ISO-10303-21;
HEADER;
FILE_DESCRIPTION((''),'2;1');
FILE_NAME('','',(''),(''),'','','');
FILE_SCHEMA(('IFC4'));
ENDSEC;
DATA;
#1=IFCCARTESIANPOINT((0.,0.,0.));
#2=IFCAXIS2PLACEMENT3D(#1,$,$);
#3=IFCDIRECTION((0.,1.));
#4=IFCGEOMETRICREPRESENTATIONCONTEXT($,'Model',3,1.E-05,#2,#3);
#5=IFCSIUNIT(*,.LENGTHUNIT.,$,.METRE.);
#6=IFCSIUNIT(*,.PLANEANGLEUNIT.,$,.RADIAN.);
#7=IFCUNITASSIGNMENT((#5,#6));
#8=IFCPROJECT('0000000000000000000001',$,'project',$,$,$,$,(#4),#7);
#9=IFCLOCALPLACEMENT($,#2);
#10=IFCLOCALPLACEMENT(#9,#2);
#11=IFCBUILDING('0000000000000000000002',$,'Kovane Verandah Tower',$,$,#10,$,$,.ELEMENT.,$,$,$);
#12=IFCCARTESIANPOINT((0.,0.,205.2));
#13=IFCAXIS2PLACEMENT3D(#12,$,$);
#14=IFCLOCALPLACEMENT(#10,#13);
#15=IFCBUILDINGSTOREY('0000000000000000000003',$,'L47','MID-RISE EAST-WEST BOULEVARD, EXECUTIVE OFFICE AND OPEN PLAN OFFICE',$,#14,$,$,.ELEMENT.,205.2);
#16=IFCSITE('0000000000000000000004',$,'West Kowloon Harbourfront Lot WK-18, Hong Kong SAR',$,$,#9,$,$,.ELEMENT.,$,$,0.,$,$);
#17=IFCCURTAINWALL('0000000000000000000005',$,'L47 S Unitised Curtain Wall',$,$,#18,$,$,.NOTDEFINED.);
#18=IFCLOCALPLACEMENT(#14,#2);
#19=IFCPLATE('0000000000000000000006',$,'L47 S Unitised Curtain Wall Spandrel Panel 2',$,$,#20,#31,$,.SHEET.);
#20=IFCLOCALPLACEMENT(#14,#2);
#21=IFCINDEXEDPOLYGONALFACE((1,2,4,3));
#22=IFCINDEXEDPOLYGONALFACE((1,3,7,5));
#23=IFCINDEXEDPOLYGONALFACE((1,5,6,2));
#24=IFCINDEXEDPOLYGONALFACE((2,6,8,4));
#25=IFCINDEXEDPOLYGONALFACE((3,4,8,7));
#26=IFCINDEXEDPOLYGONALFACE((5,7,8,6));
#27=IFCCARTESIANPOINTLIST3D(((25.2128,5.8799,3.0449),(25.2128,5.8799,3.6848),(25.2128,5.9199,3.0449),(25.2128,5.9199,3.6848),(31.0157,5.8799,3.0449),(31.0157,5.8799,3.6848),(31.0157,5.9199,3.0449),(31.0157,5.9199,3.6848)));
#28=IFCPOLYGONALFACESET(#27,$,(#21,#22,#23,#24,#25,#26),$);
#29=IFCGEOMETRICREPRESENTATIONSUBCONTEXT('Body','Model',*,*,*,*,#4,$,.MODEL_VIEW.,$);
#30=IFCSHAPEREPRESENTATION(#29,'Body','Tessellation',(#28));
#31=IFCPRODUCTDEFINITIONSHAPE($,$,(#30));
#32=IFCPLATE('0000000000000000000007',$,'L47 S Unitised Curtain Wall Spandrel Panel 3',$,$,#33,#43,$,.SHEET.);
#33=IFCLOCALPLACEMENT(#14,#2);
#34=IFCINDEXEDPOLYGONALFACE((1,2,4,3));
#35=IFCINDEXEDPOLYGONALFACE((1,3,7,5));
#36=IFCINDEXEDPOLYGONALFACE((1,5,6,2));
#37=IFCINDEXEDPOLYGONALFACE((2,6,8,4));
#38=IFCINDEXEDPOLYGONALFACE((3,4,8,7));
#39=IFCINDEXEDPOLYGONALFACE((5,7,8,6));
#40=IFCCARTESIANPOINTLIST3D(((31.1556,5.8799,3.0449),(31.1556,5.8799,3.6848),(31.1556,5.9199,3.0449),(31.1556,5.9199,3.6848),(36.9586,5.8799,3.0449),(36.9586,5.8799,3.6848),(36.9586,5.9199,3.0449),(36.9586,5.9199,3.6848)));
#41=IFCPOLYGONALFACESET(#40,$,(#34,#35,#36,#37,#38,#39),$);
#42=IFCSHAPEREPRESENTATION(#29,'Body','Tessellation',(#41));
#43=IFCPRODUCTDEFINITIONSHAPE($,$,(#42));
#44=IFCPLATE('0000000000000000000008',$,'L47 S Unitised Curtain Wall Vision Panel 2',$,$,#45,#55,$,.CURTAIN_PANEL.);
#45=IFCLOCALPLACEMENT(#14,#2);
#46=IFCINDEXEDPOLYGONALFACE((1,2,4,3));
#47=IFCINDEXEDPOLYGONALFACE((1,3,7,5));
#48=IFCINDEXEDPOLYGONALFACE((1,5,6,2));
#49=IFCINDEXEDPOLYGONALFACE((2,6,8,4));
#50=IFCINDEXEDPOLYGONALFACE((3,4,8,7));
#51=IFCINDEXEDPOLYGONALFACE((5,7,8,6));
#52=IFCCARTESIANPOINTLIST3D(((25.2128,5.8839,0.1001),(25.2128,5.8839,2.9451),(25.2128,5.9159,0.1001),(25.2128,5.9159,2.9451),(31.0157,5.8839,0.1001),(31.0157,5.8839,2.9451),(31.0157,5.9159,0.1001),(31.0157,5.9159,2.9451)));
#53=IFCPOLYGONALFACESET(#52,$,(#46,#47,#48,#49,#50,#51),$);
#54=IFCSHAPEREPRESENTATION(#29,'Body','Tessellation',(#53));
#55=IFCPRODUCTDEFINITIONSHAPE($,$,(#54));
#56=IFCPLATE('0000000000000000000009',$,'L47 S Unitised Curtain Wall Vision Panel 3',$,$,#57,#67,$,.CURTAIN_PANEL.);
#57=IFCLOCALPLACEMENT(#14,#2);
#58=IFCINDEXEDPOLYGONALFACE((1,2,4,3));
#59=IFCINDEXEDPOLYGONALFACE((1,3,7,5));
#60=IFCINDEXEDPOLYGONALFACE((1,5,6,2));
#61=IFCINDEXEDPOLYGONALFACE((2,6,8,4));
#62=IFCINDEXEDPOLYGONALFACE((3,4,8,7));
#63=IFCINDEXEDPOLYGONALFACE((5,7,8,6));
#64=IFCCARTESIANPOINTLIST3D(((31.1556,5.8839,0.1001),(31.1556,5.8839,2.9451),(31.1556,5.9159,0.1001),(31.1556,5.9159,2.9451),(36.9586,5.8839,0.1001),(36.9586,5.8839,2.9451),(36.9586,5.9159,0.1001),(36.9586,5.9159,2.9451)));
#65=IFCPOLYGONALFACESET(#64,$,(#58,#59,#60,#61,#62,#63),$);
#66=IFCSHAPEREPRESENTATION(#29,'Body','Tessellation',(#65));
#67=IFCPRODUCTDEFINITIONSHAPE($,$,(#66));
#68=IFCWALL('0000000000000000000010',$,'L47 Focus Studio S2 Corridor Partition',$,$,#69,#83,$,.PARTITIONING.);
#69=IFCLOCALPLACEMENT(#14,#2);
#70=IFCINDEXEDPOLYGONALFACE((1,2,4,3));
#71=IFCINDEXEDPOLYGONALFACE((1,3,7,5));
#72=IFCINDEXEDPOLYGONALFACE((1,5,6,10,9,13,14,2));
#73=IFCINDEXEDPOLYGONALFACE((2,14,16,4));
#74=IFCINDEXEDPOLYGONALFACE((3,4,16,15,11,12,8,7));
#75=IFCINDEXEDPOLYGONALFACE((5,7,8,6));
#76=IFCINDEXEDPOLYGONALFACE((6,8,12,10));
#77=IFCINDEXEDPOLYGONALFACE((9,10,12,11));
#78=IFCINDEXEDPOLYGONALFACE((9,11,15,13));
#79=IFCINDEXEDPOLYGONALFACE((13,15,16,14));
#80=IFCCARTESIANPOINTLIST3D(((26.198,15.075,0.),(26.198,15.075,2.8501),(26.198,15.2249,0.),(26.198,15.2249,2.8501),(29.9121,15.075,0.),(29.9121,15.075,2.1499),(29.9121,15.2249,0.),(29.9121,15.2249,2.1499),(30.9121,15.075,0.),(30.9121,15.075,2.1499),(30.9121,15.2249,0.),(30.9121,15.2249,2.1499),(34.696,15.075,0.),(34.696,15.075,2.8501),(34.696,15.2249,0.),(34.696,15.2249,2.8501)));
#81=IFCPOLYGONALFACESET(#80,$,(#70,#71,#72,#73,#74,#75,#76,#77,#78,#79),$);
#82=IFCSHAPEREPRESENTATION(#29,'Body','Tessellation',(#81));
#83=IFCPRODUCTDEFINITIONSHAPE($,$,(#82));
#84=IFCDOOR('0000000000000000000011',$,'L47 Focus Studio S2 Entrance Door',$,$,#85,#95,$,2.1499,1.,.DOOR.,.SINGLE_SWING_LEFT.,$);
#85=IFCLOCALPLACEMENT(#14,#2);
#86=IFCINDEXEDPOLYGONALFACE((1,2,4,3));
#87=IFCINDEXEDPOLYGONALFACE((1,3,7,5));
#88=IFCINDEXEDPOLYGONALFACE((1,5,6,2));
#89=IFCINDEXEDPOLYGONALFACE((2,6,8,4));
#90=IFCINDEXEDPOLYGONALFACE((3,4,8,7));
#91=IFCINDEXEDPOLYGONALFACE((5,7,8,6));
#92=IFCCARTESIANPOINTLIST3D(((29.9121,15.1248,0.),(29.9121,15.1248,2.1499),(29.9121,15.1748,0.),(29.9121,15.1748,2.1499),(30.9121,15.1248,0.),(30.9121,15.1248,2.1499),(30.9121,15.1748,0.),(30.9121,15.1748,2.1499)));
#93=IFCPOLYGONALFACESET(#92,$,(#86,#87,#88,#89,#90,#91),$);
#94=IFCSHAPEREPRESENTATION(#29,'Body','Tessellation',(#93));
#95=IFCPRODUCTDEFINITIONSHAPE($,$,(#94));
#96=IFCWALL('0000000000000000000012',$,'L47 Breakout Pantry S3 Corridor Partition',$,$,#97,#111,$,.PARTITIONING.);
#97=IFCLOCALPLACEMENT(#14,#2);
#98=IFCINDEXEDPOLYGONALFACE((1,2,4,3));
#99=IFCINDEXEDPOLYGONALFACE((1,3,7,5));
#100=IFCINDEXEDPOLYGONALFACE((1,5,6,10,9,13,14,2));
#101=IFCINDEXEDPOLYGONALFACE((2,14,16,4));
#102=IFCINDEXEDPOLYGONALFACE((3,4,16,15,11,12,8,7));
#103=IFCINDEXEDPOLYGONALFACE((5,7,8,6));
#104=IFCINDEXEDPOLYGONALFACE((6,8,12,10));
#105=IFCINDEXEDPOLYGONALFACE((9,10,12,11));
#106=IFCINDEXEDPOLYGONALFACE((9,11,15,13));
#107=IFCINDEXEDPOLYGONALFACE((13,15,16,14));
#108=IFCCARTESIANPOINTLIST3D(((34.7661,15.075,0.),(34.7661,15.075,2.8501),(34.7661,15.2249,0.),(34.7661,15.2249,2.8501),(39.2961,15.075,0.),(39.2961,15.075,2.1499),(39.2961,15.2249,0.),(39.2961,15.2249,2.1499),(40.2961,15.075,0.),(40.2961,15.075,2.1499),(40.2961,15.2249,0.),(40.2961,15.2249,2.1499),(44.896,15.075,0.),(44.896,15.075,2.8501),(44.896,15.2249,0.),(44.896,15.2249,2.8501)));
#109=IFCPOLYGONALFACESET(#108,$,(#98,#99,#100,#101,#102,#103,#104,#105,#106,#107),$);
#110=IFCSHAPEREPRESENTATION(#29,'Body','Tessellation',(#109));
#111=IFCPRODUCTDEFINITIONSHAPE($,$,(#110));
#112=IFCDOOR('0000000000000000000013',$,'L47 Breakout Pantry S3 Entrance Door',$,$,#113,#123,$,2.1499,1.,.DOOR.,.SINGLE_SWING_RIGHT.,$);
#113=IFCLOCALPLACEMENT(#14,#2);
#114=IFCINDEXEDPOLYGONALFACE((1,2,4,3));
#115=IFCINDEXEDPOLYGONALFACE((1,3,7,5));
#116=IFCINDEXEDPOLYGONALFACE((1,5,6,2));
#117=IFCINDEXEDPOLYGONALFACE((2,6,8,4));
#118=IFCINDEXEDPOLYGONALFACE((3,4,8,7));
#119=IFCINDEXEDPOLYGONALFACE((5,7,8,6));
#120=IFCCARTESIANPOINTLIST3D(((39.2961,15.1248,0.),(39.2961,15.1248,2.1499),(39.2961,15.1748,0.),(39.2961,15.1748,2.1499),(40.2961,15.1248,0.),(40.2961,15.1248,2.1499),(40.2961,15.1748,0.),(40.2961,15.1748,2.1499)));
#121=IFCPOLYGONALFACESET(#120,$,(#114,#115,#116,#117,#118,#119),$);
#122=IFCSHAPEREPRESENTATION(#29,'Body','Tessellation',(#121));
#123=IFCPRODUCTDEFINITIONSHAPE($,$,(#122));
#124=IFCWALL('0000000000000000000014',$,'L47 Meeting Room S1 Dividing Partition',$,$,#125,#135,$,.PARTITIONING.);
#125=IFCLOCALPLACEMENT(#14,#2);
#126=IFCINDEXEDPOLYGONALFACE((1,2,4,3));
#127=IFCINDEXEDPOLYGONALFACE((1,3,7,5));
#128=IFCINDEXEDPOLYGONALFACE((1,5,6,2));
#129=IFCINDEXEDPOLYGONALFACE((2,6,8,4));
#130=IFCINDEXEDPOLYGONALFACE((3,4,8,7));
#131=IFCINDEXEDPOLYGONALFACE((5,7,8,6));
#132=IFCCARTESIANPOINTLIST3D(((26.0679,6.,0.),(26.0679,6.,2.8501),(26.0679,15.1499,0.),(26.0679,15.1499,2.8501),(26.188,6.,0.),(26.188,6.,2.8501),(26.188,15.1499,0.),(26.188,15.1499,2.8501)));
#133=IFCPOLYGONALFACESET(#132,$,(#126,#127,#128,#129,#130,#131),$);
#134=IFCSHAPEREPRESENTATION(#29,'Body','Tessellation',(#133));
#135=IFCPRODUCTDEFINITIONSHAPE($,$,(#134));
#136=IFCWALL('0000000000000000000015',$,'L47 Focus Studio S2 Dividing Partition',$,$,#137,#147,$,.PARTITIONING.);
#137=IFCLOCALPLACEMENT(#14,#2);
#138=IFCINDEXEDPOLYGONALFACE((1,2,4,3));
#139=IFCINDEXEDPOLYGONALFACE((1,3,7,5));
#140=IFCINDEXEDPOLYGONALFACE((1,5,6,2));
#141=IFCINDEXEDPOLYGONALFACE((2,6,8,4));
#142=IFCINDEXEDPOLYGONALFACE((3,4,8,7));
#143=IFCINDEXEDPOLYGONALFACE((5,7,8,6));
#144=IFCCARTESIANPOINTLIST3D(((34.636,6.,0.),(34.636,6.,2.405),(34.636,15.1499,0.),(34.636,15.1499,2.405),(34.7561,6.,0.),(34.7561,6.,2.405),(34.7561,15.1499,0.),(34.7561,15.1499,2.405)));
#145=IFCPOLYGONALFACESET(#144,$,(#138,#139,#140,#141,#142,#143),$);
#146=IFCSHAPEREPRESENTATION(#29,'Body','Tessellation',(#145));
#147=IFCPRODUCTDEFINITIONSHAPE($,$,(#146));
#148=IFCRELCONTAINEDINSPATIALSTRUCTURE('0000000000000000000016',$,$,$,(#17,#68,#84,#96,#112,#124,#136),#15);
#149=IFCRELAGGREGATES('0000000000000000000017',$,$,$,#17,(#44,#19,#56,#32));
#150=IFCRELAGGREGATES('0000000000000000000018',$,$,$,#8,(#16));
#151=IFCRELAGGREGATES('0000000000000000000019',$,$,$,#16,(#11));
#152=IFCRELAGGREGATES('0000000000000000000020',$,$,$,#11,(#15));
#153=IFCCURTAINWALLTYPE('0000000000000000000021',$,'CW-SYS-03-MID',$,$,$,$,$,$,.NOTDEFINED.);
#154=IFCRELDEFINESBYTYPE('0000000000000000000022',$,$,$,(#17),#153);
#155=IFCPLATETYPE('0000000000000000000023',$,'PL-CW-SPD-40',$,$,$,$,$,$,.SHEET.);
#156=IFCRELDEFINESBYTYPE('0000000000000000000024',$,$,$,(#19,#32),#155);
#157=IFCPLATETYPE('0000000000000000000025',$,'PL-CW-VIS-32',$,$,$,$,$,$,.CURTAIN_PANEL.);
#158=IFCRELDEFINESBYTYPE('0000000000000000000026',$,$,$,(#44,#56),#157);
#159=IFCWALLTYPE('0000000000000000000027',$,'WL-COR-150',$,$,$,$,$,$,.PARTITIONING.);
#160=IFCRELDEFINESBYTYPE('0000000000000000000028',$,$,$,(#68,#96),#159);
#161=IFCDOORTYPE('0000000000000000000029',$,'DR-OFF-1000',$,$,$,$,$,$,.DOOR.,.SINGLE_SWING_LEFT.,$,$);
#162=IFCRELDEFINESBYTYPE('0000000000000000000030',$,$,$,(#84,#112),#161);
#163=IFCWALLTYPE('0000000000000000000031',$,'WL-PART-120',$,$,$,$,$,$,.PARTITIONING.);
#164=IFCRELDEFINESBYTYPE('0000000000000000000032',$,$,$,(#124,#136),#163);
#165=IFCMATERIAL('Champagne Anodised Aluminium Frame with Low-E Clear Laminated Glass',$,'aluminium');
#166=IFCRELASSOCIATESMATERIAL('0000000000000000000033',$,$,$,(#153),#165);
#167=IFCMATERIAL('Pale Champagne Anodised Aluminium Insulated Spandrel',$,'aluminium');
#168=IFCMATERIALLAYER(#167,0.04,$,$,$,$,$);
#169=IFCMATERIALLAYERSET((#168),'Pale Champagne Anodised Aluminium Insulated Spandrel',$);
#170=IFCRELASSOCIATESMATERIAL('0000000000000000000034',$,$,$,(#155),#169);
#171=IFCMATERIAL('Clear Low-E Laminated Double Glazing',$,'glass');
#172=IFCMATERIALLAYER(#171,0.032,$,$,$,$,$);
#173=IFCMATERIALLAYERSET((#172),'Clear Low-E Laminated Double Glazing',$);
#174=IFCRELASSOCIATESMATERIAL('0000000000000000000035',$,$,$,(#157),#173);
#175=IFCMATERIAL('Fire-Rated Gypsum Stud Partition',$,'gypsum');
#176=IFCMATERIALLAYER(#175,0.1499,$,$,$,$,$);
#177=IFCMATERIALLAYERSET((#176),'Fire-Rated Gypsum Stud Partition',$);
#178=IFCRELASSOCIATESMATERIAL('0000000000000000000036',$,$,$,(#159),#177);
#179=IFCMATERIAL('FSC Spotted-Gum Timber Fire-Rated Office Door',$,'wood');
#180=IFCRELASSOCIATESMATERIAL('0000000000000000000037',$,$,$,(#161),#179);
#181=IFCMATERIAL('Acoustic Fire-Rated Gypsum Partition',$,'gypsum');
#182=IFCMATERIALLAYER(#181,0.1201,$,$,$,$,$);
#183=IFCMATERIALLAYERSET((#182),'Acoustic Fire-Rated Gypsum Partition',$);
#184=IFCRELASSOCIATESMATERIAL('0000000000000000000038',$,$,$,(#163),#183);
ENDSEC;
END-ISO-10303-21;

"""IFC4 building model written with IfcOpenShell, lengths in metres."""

from ifc_helpers import new_model, si_unit, direction, frame, frame_2d, origin, origin_2d, place, context, subcontext, project, spatial, rectangle, extrude, material, layer, layer_set, type_object, element, fill, aggregate, save


model = new_model("IFC4")

# Units and contexts
model_context = context("Model", 3, precision=1e-05, world=origin(), true_north=direction((0.0, 1.0)))
body_context = subcontext(model_context, "Body", "Model", "MODEL_VIEW")
ifc_project = project(units=[si_unit("LENGTHUNIT", "METRE"), si_unit("PLANEANGLEUNIT", "RADIAN")], contexts=[model_context])

# Site, building, storey
site_placement = place(None, origin())
site = spatial("IfcSite", under=ifc_project, at=site_placement, Name="West Kowloon Harbourfront Lot WK-18, Hong Kong SAR", CompositionType="ELEMENT", RefElevation=0.0)
building_placement = place(site_placement, origin())
building = spatial("IfcBuilding", under=site, at=building_placement, Name="Kovane Verandah Tower", CompositionType="ELEMENT")
storey_placement = place(building_placement, frame((0.0, 0.0, 205.2)))
storey = spatial("IfcBuildingStorey", under=building, at=storey_placement, Name="L47", Description="MID-RISE EAST-WEST BOULEVARD, EXECUTIVE OFFICE AND OPEN PLAN OFFICE", CompositionType="ELEMENT", Elevation=205.2)

# Curtain wall
ifc_material_1 = material(Name="Champagne Anodised Aluminium Frame with Low-E Clear Laminated Glass", Category="aluminium")
curtain_wall_type = type_object("IfcCurtainWallType", Name="CW-SYS-03-MID", PredefinedType="NOTDEFINED", material=ifc_material_1)
curtain_wall_placement = place(storey_placement, origin())
curtain_wall = element("IfcCurtainWall", 1, at=curtain_wall_placement, inside=storey, type_object=curtain_wall_type, Name="L47 S Unitised Curtain Wall", PredefinedType="NOTDEFINED")

# Plates
ifc_material_2 = material(Name="Pale Champagne Anodised Aluminium Insulated Spandrel", Category="aluminium")
ifc_layer_1 = layer(ifc_material_2, 0.04)
ifc_layer_set_1 = layer_set([ifc_layer_1], Name="Pale Champagne Anodised Aluminium Insulated Spandrel")
plate_type_1 = type_object("IfcPlateType", Name="PL-CW-SPD-40", PredefinedType="SHEET", material=ifc_layer_set_1)
plate_1_placement = place(storey_placement, frame((28.1143, 5.8999, 3.0449), z_axis=(0.0, 0.0, 1.0), x_axis=(1.0, 0.0, 0.0)))
plate_1 = element("IfcPlate", 2, at=plate_1_placement, type_object=plate_type_1, Name="L47 S Unitised Curtain Wall Spandrel Panel 2", PredefinedType="SHEET", context=body_context, shape_type="SweptSolid", body=[
    extrude(rectangle(XDim=5.803, YDim=0.04, at=origin_2d()), origin(), (0.0, 0.0, 1.0), 0.6399),
])
plate_2_placement = place(storey_placement, frame((34.0571, 5.8999, 3.0449), z_axis=(0.0, 0.0, 1.0), x_axis=(1.0, 0.0, 0.0)))
plate_2 = element("IfcPlate", 3, at=plate_2_placement, type_object=plate_type_1, Name="L47 S Unitised Curtain Wall Spandrel Panel 3", PredefinedType="SHEET", context=body_context, shape_type="SweptSolid", body=[
    extrude(rectangle(XDim=5.803, YDim=0.04, at=origin_2d()), origin(), (0.0, 0.0, 1.0), 0.6399),
])
ifc_material_3 = material(Name="Clear Low-E Laminated Double Glazing", Category="glass")
ifc_layer_2 = layer(ifc_material_3, 0.032)
ifc_layer_set_2 = layer_set([ifc_layer_2], Name="Clear Low-E Laminated Double Glazing")
plate_type_2 = type_object("IfcPlateType", Name="PL-CW-VIS-32", PredefinedType="CURTAIN_PANEL", material=ifc_layer_set_2)
plate_3_placement = place(storey_placement, frame((28.1143, 5.8999, 0.1001), z_axis=(0.0, 0.0, 1.0), x_axis=(1.0, 0.0, 0.0)))
plate_3 = element("IfcPlate", 4, at=plate_3_placement, type_object=plate_type_2, Name="L47 S Unitised Curtain Wall Vision Panel 2", PredefinedType="CURTAIN_PANEL", context=body_context, shape_type="SweptSolid", body=[
    extrude(rectangle(XDim=5.803, YDim=0.032, at=origin_2d()), origin(), (0.0, 0.0, 1.0), 2.845),
])
plate_4_placement = place(storey_placement, frame((34.0571, 5.8999, 0.1001), z_axis=(0.0, 0.0, 1.0), x_axis=(1.0, 0.0, 0.0)))
plate_4 = element("IfcPlate", 5, at=plate_4_placement, type_object=plate_type_2, Name="L47 S Unitised Curtain Wall Vision Panel 3", PredefinedType="CURTAIN_PANEL", context=body_context, shape_type="SweptSolid", body=[
    extrude(rectangle(XDim=5.803, YDim=0.032, at=origin_2d()), origin(), (0.0, 0.0, 1.0), 2.845),
])
aggregate(curtain_wall, [plate_3, plate_1, plate_4, plate_2])

# Walls, openings, doors
ifc_material_4 = material(Name="Fire-Rated Gypsum Stud Partition", Category="gypsum")
ifc_layer_3 = layer(ifc_material_4, 0.1499)
ifc_layer_set_3 = layer_set([ifc_layer_3], Name="Fire-Rated Gypsum Stud Partition")
wall_type_1 = type_object("IfcWallType", Name="WL-COR-150", PredefinedType="PARTITIONING", material=ifc_layer_set_3)
wall_1_placement = place(storey_placement, frame((26.198, 15.1499, 0.0), z_axis=(0.0, 0.0, 1.0), x_axis=(1.0, 0.0, 0.0)))
wall_1 = element("IfcWall", 6, at=wall_1_placement, inside=storey, type_object=wall_type_1, Name="L47 Focus Studio S2 Corridor Partition", PredefinedType="PARTITIONING", context=body_context, shape_type="SweptSolid", body=[
    extrude(rectangle(XDim=8.498, YDim=0.1499, at=frame_2d((4.249, 0.0))), origin(), (0.0, 0.0, 1.0), 2.8501),
])
opening_1_placement = place(wall_1_placement, frame((3.7141, 0.0, 0.0)))
opening_1 = element("IfcOpeningElement", 7, at=opening_1_placement, cuts=wall_1, PredefinedType="OPENING", context=body_context, shape_type="SweptSolid", body=[
    extrude(rectangle(XDim=1.0, YDim=2.1499, at=frame_2d((0.5, 1.075))), frame((0.0, 0.075, 0.0), z_axis=(0.0, -1.0, 0.0), x_axis=(1.0, 0.0, 0.0)), (0.0, 0.0, 1.0), 0.1499),
])
ifc_material_5 = material(Name="FSC Spotted-Gum Timber Fire-Rated Office Door", Category="wood")
door_type = type_object("IfcDoorType", Name="DR-OFF-1000", OperationType="SINGLE_SWING_LEFT", PredefinedType="DOOR", material=ifc_material_5)
door_1_placement = place(opening_1_placement, origin())
door_1 = element("IfcDoor", 8, at=door_1_placement, inside=storey, type_object=door_type, Name="L47 Focus Studio S2 Entrance Door", OperationType="SINGLE_SWING_LEFT", OverallHeight=2.1499, OverallWidth=1.0, PredefinedType="DOOR", context=body_context, shape_type="SweptSolid", body=[
    extrude(rectangle(XDim=1.0, YDim=2.1499, at=frame_2d((0.5, 1.075))), frame((0.0, 0.0249, 0.0), z_axis=(0.0, -1.0, 0.0), x_axis=(1.0, 0.0, 0.0)), (0.0, 0.0, 1.0), 0.05),
])
fill(opening_1, door_1)
wall_2_placement = place(storey_placement, frame((34.7661, 15.1499, 0.0), z_axis=(0.0, 0.0, 1.0), x_axis=(1.0, 0.0, 0.0)))
wall_2 = element("IfcWall", 9, at=wall_2_placement, inside=storey, type_object=wall_type_1, Name="L47 Breakout Pantry S3 Corridor Partition", PredefinedType="PARTITIONING", context=body_context, shape_type="SweptSolid", body=[
    extrude(rectangle(XDim=10.1299, YDim=0.1499, at=frame_2d((5.0649, 0.0))), origin(), (0.0, 0.0, 1.0), 2.8501),
])
opening_2_placement = place(wall_2_placement, frame((4.53, 0.0, 0.0)))
opening_2 = element("IfcOpeningElement", 10, at=opening_2_placement, cuts=wall_2, PredefinedType="OPENING", context=body_context, shape_type="SweptSolid", body=[
    extrude(rectangle(XDim=1.0, YDim=2.1499, at=frame_2d((0.5, 1.075))), frame((0.0, 0.075, 0.0), z_axis=(0.0, -1.0, 0.0), x_axis=(1.0, 0.0, 0.0)), (0.0, 0.0, 1.0), 0.1499),
])
door_2_placement = place(opening_2_placement, origin())
door_2 = element("IfcDoor", 11, at=door_2_placement, inside=storey, type_object=door_type, Name="L47 Breakout Pantry S3 Entrance Door", OperationType="SINGLE_SWING_RIGHT", OverallHeight=2.1499, OverallWidth=1.0, PredefinedType="DOOR", context=body_context, shape_type="SweptSolid", body=[
    extrude(rectangle(XDim=1.0, YDim=2.1499, at=frame_2d((0.5, 1.075))), frame((0.0, 0.0249, 0.0), z_axis=(0.0, -1.0, 0.0), x_axis=(1.0, 0.0, 0.0)), (0.0, 0.0, 1.0), 0.05),
])
fill(opening_2, door_2)

# Walls
ifc_material_6 = material(Name="Acoustic Fire-Rated Gypsum Partition", Category="gypsum")
ifc_layer_4 = layer(ifc_material_6, 0.1201)
ifc_layer_set_4 = layer_set([ifc_layer_4], Name="Acoustic Fire-Rated Gypsum Partition")
wall_type_2 = type_object("IfcWallType", Name="WL-PART-120", PredefinedType="PARTITIONING", material=ifc_layer_set_4)
wall_3_placement = place(storey_placement, frame((26.1279, 6.0, 0.0), z_axis=(0.0, 0.0, 1.0), x_axis=(0.0, 1.0, 0.0)))
element("IfcWall", 12, at=wall_3_placement, inside=storey, type_object=wall_type_2, Name="L47 Meeting Room S1 Dividing Partition", PredefinedType="PARTITIONING", context=body_context, shape_type="SweptSolid", body=[
    extrude(rectangle(XDim=9.1499, YDim=0.1201, at=frame_2d((4.575, 0.0))), origin(), (0.0, 0.0, 1.0), 2.8501),
])
wall_4_placement = place(storey_placement, frame((34.696, 6.0, 0.0), z_axis=(0.0, 0.0, 1.0), x_axis=(0.0, 1.0, 0.0)))
element("IfcWall", 13, at=wall_4_placement, inside=storey, type_object=wall_type_2, Name="L47 Focus Studio S2 Dividing Partition", PredefinedType="PARTITIONING", context=body_context, shape_type="SweptSolid", body=[
    extrude(rectangle(XDim=9.1499, YDim=0.1201, at=frame_2d((4.575, 0.0))), origin(), (0.0, 0.0, 1.0), 2.405),
])

save(model, "model.ifc")
